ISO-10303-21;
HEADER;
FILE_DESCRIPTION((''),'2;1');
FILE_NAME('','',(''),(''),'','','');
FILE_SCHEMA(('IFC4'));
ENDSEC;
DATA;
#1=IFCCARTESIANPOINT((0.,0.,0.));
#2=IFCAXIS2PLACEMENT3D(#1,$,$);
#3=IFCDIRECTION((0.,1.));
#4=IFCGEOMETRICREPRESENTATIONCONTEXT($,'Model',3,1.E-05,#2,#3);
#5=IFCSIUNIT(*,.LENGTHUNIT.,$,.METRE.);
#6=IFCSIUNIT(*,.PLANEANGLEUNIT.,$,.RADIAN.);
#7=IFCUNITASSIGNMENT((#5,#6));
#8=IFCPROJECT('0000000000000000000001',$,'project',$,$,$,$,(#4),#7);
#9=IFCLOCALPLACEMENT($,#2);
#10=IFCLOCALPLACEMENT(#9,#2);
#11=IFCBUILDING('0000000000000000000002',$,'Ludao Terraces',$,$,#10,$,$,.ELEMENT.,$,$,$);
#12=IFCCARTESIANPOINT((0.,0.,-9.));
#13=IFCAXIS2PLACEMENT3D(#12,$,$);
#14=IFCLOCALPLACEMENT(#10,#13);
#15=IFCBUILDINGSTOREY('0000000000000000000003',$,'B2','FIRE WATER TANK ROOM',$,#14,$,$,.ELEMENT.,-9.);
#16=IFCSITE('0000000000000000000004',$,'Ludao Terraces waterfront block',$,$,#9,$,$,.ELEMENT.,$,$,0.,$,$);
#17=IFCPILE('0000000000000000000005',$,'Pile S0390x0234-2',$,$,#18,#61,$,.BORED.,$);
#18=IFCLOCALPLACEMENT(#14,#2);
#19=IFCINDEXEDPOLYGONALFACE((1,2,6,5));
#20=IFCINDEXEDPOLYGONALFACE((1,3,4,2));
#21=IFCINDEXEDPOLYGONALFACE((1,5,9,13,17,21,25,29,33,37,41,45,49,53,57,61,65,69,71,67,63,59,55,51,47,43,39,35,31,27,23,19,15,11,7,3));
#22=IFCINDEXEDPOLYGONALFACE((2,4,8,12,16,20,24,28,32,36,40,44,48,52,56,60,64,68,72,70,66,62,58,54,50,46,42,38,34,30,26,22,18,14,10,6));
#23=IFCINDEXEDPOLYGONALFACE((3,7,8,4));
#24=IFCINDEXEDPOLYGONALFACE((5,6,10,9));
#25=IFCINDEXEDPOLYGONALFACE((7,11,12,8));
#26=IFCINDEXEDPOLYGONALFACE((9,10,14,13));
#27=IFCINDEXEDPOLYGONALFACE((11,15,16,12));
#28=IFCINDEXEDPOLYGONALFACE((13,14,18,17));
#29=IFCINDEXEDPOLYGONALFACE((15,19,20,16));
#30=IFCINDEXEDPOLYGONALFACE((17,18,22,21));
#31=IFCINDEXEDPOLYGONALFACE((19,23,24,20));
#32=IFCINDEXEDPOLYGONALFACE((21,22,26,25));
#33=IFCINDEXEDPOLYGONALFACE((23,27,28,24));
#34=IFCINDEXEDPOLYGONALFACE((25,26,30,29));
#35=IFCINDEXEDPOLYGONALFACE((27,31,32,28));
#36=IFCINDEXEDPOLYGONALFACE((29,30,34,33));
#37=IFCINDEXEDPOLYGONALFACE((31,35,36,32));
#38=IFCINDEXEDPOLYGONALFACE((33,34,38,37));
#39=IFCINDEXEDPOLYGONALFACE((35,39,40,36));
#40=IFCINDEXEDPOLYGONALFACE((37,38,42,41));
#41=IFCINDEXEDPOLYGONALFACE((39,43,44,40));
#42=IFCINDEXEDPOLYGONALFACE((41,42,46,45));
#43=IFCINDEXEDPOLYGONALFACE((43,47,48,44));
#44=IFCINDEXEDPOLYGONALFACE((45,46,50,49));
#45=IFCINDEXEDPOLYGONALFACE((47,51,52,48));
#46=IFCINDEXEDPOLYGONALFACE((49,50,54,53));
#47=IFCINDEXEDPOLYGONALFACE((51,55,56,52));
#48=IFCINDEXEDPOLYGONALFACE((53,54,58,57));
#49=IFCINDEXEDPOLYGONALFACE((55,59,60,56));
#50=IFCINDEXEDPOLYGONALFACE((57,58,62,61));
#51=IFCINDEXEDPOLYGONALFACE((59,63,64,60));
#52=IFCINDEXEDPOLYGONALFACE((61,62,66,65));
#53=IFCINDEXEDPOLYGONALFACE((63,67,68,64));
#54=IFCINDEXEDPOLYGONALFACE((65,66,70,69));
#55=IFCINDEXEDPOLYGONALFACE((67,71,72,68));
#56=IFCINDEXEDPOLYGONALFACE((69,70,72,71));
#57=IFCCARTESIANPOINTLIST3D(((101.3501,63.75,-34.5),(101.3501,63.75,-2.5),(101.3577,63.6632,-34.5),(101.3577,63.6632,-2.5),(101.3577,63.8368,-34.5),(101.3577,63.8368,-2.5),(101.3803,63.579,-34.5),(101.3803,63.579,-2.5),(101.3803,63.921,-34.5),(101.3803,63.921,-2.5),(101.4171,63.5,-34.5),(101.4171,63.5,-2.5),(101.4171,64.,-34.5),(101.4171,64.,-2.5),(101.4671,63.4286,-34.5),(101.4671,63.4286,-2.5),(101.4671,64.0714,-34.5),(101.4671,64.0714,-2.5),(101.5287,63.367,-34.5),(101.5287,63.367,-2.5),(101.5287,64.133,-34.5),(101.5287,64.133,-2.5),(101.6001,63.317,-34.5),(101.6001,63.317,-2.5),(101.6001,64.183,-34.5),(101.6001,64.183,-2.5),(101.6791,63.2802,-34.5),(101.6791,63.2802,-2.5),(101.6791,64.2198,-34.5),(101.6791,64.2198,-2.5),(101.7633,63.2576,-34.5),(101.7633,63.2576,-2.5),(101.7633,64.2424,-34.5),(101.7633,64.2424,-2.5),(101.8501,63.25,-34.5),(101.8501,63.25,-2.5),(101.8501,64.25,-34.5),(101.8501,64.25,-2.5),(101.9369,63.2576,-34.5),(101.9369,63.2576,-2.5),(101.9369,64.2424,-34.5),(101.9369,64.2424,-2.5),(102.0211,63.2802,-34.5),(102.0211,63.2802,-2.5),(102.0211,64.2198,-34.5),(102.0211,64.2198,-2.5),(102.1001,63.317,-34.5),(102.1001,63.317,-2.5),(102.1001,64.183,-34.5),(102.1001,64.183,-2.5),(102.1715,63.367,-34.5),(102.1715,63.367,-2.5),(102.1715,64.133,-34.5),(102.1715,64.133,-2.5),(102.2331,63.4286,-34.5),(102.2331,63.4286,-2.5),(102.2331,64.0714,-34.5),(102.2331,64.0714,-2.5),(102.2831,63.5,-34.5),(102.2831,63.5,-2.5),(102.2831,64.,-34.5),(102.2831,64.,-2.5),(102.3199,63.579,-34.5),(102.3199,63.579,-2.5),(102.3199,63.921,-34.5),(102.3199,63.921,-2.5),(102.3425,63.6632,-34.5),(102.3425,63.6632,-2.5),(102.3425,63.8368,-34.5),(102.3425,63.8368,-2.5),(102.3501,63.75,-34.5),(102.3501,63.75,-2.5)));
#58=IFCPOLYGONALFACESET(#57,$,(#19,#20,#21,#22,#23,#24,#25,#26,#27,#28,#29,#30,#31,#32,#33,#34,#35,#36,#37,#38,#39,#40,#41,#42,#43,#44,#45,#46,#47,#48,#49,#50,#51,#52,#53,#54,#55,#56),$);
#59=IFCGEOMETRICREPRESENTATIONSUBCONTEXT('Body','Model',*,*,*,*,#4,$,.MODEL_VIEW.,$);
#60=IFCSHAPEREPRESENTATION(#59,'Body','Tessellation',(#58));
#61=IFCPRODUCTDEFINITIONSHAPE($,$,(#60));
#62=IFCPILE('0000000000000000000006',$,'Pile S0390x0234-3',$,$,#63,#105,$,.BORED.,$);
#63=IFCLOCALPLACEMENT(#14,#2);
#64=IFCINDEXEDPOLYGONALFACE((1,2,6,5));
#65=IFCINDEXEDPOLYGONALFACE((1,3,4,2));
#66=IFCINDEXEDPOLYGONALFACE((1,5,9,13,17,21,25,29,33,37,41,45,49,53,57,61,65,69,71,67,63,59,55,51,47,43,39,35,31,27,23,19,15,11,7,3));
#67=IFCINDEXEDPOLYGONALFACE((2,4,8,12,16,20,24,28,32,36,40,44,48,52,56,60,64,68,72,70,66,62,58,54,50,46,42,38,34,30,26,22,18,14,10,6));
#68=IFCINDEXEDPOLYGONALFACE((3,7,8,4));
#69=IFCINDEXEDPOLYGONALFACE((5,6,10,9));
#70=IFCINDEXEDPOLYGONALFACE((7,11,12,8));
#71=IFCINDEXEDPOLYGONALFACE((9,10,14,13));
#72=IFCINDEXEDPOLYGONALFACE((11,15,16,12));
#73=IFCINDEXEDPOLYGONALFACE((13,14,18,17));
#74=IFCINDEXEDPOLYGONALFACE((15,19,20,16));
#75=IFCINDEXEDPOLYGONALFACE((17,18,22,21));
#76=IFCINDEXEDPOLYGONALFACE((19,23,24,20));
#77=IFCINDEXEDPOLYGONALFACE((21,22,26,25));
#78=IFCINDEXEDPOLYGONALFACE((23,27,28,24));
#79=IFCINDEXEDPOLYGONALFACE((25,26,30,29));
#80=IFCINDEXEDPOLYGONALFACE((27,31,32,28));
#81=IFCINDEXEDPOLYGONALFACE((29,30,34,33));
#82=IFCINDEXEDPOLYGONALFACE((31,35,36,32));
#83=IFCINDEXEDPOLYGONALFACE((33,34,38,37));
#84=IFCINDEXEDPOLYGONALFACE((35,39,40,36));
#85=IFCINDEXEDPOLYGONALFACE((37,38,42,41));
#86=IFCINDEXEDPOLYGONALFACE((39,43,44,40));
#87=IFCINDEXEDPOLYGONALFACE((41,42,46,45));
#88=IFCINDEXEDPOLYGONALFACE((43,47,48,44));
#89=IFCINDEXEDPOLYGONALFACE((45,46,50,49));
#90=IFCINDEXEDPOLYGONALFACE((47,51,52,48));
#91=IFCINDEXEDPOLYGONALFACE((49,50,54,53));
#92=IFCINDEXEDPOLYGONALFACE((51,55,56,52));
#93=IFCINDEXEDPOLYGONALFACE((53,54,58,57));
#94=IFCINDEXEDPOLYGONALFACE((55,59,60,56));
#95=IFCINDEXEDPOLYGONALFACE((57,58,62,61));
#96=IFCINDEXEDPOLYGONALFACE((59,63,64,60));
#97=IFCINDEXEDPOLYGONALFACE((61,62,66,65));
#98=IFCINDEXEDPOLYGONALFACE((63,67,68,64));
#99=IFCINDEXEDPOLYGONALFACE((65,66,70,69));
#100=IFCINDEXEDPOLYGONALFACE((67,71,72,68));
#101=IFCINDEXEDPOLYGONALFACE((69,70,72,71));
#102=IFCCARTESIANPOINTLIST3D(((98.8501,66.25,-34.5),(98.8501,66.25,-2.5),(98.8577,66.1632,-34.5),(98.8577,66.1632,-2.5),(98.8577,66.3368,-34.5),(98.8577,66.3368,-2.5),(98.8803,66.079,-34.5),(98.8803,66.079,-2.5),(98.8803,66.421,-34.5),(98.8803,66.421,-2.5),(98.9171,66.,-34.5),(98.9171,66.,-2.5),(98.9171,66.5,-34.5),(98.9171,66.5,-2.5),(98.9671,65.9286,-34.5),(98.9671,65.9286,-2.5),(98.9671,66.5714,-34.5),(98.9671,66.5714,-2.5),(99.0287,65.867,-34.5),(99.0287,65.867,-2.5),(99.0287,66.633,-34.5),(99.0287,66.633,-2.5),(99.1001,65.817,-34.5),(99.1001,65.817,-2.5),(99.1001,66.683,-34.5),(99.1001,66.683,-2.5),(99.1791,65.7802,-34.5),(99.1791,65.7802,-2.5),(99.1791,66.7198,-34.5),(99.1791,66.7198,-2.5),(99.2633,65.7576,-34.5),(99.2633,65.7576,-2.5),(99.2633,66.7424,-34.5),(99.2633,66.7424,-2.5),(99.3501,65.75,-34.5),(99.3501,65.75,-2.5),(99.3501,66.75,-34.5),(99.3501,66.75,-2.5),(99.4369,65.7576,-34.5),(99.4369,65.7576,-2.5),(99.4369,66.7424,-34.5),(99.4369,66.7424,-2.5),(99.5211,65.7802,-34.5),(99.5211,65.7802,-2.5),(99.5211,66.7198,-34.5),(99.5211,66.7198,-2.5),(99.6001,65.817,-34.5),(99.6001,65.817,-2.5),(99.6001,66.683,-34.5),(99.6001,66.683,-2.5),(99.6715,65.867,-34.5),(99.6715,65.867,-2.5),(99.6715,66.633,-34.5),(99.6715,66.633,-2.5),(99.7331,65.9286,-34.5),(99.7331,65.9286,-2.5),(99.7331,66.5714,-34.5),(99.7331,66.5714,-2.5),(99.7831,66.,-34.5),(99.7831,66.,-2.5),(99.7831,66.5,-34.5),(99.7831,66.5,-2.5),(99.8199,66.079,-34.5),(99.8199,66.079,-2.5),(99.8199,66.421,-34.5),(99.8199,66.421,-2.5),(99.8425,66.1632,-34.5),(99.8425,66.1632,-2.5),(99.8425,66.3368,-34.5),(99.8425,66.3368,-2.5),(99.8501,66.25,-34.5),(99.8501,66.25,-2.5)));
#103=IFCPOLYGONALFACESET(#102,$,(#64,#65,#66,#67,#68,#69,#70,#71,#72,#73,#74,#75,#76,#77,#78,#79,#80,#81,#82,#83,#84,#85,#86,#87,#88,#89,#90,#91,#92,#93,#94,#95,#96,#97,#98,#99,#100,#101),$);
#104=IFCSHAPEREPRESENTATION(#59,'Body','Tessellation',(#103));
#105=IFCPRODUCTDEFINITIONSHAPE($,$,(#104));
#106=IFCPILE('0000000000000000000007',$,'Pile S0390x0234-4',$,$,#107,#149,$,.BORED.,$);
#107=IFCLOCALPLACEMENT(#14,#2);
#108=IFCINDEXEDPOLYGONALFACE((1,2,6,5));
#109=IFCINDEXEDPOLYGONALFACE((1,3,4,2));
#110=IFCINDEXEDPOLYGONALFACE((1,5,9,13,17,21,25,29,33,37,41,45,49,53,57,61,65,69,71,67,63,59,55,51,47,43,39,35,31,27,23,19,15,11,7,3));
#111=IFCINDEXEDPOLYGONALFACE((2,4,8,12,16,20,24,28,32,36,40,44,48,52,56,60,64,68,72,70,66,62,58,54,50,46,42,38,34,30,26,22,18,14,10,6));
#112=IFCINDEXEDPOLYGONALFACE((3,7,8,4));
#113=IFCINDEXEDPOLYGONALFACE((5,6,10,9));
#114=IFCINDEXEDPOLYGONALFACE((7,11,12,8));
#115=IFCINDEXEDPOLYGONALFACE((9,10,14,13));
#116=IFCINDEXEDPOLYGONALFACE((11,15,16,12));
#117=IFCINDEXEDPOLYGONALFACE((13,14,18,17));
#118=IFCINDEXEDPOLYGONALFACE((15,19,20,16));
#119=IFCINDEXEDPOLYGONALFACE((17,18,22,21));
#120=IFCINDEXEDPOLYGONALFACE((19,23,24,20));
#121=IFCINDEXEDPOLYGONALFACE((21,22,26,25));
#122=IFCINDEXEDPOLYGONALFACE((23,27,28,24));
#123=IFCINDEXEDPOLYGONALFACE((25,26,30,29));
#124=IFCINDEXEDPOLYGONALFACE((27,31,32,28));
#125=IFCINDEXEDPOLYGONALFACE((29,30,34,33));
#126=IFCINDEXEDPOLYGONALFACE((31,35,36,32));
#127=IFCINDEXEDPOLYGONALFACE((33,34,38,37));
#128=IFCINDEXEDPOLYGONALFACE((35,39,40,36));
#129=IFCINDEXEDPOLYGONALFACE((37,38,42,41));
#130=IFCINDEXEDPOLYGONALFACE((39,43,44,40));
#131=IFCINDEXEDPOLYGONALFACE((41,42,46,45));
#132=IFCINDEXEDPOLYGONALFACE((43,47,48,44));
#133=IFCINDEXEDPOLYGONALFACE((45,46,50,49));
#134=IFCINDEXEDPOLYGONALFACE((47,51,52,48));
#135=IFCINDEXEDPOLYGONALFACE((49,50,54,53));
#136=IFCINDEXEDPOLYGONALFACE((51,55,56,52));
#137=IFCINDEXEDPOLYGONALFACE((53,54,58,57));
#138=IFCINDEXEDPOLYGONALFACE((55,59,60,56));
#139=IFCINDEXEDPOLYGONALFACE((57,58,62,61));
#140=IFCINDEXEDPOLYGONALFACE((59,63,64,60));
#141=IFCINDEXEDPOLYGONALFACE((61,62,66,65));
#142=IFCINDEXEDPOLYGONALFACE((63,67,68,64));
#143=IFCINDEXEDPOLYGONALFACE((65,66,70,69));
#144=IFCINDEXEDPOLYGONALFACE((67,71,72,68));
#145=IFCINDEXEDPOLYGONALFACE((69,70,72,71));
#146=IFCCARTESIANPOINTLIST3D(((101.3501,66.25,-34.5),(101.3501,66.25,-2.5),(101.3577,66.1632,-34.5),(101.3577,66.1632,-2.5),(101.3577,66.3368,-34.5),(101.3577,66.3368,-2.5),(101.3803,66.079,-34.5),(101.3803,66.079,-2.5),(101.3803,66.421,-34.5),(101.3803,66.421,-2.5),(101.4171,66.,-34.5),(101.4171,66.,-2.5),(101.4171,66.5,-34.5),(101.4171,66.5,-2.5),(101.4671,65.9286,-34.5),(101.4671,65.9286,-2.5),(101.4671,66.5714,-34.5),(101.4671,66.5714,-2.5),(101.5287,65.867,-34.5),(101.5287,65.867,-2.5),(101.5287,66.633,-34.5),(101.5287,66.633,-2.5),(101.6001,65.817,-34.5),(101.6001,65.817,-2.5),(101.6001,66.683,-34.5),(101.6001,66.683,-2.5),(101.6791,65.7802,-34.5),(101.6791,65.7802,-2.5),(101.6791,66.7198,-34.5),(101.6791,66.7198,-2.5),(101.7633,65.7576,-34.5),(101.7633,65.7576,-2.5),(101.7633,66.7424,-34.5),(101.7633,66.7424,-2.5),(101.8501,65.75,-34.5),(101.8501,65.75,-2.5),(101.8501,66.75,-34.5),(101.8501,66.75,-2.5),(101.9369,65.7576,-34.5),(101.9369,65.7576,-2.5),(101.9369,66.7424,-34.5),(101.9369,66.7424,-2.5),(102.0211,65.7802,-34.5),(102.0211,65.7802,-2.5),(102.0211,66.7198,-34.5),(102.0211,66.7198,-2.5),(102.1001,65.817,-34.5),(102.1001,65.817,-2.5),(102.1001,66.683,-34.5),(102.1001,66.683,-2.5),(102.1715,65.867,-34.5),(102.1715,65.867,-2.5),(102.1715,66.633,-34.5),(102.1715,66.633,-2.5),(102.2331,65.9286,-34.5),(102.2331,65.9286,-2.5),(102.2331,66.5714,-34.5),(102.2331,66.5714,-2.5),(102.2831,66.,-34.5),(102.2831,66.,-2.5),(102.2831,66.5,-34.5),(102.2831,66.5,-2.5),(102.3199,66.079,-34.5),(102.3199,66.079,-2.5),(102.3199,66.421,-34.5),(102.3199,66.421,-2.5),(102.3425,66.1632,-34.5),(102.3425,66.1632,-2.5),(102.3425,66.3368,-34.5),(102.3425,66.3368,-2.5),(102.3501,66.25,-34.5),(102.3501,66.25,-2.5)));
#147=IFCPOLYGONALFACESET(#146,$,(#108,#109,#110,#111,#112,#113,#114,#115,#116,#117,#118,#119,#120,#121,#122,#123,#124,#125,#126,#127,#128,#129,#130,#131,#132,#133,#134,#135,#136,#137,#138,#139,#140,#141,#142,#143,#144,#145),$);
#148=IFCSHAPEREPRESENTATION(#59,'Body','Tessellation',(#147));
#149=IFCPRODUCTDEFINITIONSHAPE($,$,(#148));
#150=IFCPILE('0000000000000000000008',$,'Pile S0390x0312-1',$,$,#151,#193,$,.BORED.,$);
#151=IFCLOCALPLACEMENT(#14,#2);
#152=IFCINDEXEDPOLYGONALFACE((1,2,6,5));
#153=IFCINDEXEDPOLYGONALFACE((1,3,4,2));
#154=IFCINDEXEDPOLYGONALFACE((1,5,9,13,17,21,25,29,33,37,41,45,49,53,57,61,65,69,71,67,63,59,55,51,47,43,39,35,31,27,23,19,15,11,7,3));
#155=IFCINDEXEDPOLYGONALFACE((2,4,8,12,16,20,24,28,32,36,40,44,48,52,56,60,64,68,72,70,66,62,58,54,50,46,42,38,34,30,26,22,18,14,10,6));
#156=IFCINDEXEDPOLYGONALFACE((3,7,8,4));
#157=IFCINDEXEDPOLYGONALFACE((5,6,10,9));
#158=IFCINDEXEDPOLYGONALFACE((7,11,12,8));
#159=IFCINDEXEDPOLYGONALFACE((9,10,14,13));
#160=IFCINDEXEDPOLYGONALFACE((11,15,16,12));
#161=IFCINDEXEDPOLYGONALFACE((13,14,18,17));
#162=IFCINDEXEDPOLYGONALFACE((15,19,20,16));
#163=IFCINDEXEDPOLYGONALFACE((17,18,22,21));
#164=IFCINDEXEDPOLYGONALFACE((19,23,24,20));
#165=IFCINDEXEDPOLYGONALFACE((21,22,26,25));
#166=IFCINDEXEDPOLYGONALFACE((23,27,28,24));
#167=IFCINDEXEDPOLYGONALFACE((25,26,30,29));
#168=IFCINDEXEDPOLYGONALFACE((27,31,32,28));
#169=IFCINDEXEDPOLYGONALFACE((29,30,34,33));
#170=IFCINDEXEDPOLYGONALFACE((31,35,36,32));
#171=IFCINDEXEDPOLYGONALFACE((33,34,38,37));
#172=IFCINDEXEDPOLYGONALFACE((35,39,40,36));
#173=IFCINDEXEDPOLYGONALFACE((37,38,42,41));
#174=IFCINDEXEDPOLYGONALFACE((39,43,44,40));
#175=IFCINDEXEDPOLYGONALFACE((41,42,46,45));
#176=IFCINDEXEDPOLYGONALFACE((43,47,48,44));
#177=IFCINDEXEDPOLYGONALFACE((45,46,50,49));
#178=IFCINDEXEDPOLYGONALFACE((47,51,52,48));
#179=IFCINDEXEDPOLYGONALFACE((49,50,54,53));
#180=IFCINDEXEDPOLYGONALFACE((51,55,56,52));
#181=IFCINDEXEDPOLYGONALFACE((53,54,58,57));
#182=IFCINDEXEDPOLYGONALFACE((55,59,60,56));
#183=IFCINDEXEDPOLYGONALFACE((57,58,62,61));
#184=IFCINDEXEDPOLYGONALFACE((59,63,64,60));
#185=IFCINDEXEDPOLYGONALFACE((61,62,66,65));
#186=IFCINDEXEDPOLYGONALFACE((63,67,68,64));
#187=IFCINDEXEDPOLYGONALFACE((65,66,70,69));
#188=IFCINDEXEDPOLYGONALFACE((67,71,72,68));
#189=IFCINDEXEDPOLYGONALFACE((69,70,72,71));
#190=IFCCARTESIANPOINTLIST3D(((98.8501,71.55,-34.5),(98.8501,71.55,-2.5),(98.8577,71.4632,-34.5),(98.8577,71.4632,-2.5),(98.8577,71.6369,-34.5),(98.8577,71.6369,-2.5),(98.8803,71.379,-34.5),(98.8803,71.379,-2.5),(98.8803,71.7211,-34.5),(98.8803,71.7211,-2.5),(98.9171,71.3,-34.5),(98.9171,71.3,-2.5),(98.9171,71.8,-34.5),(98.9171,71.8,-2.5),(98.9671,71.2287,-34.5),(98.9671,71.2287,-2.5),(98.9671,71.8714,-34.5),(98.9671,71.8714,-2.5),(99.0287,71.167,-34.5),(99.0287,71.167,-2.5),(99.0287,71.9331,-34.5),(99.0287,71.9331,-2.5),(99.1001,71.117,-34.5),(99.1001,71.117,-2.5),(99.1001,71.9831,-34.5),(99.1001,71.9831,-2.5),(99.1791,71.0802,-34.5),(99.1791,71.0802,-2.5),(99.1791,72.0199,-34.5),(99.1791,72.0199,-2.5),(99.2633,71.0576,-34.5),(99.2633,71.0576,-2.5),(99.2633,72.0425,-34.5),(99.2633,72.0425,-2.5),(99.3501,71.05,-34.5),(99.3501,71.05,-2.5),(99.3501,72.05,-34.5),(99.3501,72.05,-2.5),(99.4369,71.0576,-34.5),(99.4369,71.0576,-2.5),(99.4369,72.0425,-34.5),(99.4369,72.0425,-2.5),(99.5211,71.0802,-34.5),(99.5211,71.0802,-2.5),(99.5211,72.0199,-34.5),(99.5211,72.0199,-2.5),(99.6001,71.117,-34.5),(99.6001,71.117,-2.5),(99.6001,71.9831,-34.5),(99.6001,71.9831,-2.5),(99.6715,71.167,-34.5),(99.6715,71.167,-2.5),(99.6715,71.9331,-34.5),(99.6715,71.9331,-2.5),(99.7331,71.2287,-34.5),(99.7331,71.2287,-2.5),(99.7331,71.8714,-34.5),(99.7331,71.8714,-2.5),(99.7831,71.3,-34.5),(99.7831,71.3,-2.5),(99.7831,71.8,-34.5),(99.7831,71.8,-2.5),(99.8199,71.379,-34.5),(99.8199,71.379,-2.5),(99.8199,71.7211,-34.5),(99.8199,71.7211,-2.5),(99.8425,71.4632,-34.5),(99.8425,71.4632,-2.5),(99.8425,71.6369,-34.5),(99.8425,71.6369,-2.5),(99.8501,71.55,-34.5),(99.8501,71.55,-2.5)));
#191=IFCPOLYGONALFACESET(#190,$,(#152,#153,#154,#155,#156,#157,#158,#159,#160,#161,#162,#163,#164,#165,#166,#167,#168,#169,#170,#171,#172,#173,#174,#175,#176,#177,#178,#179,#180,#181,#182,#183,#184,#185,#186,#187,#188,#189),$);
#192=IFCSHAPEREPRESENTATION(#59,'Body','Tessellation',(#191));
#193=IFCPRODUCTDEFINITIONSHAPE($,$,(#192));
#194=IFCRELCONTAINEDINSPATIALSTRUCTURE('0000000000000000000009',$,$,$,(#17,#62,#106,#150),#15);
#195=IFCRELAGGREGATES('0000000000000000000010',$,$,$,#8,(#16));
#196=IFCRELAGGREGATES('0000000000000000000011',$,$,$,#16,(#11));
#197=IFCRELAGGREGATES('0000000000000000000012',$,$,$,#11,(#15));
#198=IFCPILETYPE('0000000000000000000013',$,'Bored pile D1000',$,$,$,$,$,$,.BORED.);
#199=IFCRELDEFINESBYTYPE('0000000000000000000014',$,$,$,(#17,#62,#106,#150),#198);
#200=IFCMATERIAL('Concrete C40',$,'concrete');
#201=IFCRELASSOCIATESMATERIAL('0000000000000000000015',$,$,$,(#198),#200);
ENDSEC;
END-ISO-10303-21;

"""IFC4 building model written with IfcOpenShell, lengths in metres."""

from ifc_helpers import new_model, si_unit, direction, frame, origin, origin_2d, place, context, subcontext, project, spatial, circle, extrude, material, material_profile, profile_set, type_object, element, save


model = new_model("IFC4")

# Units and contexts
model_context = context("Model", 3, precision=1e-05, world=origin(), true_north=direction((0.0, 1.0)))
body_context = subcontext(model_context, "Body", "Model", "MODEL_VIEW")
ifc_project = project(units=[si_unit("LENGTHUNIT", "METRE"), si_unit("PLANEANGLEUNIT", "RADIAN")], contexts=[model_context])

# Site, building, storey
site_placement = place(None, origin())
site = spatial("IfcSite", under=ifc_project, at=site_placement, Name="Ludao Terraces waterfront block", CompositionType="ELEMENT", RefElevation=0.0)
building_placement = place(site_placement, origin())
building = spatial("IfcBuilding", under=site, at=building_placement, Name="Ludao Terraces", CompositionType="ELEMENT")
storey_placement = place(building_placement, frame((0.0, 0.0, -9.0)))
storey = spatial("IfcBuildingStorey", under=building, at=storey_placement, Name="B2", Description="FIRE WATER TANK ROOM", CompositionType="ELEMENT", Elevation=-9.0)

# Piles
ifc_material_1 = material(Name="Concrete C40", Category="concrete")
ifc_material_profile_1 = material_profile(ifc_material_1, circle(Radius=0.5, at=origin_2d()), Name="D1000 BORED PILE")
ifc_profile_set_1 = profile_set([ifc_material_profile_1], Name="Concrete C40")
pile_type = type_object("IfcPileType", Name="Bored pile D1000", PredefinedType="BORED", material=ifc_profile_set_1)
for number, where, z_axis, x_axis, name in (
    (1, (101.8501, 63.75, -2.5), (0.0, 0.0, -1.0), (1.0, 0.0, 0.0), "Pile S0390x0234-2"),
    (2, (99.3501, 66.25, -2.5), (0.0, 0.0, -1.0), (1.0, 0.0, 0.0), "Pile S0390x0234-3"),
    (3, (101.8501, 66.25, -2.5), (0.0, 0.0, -1.0), (1.0, 0.0, 0.0), "Pile S0390x0234-4"),
    (4, (99.3501, 71.55, -2.5), (0.0, 0.0, -1.0), (1.0, 0.0, 0.0), "Pile S0390x0312-1"),
):
    element("IfcPile", number, at=place(storey_placement, frame(where, z_axis=z_axis, x_axis=x_axis)), inside=storey, type_object=pile_type, Name=name, PredefinedType="BORED", context=body_context, shape_type="SweptSolid", body=[
        extrude(circle(Radius=0.5, at=origin_2d()), origin(), (0.0, 0.0, 1.0), 32.0),
    ])

save(model, "model.ifc")
